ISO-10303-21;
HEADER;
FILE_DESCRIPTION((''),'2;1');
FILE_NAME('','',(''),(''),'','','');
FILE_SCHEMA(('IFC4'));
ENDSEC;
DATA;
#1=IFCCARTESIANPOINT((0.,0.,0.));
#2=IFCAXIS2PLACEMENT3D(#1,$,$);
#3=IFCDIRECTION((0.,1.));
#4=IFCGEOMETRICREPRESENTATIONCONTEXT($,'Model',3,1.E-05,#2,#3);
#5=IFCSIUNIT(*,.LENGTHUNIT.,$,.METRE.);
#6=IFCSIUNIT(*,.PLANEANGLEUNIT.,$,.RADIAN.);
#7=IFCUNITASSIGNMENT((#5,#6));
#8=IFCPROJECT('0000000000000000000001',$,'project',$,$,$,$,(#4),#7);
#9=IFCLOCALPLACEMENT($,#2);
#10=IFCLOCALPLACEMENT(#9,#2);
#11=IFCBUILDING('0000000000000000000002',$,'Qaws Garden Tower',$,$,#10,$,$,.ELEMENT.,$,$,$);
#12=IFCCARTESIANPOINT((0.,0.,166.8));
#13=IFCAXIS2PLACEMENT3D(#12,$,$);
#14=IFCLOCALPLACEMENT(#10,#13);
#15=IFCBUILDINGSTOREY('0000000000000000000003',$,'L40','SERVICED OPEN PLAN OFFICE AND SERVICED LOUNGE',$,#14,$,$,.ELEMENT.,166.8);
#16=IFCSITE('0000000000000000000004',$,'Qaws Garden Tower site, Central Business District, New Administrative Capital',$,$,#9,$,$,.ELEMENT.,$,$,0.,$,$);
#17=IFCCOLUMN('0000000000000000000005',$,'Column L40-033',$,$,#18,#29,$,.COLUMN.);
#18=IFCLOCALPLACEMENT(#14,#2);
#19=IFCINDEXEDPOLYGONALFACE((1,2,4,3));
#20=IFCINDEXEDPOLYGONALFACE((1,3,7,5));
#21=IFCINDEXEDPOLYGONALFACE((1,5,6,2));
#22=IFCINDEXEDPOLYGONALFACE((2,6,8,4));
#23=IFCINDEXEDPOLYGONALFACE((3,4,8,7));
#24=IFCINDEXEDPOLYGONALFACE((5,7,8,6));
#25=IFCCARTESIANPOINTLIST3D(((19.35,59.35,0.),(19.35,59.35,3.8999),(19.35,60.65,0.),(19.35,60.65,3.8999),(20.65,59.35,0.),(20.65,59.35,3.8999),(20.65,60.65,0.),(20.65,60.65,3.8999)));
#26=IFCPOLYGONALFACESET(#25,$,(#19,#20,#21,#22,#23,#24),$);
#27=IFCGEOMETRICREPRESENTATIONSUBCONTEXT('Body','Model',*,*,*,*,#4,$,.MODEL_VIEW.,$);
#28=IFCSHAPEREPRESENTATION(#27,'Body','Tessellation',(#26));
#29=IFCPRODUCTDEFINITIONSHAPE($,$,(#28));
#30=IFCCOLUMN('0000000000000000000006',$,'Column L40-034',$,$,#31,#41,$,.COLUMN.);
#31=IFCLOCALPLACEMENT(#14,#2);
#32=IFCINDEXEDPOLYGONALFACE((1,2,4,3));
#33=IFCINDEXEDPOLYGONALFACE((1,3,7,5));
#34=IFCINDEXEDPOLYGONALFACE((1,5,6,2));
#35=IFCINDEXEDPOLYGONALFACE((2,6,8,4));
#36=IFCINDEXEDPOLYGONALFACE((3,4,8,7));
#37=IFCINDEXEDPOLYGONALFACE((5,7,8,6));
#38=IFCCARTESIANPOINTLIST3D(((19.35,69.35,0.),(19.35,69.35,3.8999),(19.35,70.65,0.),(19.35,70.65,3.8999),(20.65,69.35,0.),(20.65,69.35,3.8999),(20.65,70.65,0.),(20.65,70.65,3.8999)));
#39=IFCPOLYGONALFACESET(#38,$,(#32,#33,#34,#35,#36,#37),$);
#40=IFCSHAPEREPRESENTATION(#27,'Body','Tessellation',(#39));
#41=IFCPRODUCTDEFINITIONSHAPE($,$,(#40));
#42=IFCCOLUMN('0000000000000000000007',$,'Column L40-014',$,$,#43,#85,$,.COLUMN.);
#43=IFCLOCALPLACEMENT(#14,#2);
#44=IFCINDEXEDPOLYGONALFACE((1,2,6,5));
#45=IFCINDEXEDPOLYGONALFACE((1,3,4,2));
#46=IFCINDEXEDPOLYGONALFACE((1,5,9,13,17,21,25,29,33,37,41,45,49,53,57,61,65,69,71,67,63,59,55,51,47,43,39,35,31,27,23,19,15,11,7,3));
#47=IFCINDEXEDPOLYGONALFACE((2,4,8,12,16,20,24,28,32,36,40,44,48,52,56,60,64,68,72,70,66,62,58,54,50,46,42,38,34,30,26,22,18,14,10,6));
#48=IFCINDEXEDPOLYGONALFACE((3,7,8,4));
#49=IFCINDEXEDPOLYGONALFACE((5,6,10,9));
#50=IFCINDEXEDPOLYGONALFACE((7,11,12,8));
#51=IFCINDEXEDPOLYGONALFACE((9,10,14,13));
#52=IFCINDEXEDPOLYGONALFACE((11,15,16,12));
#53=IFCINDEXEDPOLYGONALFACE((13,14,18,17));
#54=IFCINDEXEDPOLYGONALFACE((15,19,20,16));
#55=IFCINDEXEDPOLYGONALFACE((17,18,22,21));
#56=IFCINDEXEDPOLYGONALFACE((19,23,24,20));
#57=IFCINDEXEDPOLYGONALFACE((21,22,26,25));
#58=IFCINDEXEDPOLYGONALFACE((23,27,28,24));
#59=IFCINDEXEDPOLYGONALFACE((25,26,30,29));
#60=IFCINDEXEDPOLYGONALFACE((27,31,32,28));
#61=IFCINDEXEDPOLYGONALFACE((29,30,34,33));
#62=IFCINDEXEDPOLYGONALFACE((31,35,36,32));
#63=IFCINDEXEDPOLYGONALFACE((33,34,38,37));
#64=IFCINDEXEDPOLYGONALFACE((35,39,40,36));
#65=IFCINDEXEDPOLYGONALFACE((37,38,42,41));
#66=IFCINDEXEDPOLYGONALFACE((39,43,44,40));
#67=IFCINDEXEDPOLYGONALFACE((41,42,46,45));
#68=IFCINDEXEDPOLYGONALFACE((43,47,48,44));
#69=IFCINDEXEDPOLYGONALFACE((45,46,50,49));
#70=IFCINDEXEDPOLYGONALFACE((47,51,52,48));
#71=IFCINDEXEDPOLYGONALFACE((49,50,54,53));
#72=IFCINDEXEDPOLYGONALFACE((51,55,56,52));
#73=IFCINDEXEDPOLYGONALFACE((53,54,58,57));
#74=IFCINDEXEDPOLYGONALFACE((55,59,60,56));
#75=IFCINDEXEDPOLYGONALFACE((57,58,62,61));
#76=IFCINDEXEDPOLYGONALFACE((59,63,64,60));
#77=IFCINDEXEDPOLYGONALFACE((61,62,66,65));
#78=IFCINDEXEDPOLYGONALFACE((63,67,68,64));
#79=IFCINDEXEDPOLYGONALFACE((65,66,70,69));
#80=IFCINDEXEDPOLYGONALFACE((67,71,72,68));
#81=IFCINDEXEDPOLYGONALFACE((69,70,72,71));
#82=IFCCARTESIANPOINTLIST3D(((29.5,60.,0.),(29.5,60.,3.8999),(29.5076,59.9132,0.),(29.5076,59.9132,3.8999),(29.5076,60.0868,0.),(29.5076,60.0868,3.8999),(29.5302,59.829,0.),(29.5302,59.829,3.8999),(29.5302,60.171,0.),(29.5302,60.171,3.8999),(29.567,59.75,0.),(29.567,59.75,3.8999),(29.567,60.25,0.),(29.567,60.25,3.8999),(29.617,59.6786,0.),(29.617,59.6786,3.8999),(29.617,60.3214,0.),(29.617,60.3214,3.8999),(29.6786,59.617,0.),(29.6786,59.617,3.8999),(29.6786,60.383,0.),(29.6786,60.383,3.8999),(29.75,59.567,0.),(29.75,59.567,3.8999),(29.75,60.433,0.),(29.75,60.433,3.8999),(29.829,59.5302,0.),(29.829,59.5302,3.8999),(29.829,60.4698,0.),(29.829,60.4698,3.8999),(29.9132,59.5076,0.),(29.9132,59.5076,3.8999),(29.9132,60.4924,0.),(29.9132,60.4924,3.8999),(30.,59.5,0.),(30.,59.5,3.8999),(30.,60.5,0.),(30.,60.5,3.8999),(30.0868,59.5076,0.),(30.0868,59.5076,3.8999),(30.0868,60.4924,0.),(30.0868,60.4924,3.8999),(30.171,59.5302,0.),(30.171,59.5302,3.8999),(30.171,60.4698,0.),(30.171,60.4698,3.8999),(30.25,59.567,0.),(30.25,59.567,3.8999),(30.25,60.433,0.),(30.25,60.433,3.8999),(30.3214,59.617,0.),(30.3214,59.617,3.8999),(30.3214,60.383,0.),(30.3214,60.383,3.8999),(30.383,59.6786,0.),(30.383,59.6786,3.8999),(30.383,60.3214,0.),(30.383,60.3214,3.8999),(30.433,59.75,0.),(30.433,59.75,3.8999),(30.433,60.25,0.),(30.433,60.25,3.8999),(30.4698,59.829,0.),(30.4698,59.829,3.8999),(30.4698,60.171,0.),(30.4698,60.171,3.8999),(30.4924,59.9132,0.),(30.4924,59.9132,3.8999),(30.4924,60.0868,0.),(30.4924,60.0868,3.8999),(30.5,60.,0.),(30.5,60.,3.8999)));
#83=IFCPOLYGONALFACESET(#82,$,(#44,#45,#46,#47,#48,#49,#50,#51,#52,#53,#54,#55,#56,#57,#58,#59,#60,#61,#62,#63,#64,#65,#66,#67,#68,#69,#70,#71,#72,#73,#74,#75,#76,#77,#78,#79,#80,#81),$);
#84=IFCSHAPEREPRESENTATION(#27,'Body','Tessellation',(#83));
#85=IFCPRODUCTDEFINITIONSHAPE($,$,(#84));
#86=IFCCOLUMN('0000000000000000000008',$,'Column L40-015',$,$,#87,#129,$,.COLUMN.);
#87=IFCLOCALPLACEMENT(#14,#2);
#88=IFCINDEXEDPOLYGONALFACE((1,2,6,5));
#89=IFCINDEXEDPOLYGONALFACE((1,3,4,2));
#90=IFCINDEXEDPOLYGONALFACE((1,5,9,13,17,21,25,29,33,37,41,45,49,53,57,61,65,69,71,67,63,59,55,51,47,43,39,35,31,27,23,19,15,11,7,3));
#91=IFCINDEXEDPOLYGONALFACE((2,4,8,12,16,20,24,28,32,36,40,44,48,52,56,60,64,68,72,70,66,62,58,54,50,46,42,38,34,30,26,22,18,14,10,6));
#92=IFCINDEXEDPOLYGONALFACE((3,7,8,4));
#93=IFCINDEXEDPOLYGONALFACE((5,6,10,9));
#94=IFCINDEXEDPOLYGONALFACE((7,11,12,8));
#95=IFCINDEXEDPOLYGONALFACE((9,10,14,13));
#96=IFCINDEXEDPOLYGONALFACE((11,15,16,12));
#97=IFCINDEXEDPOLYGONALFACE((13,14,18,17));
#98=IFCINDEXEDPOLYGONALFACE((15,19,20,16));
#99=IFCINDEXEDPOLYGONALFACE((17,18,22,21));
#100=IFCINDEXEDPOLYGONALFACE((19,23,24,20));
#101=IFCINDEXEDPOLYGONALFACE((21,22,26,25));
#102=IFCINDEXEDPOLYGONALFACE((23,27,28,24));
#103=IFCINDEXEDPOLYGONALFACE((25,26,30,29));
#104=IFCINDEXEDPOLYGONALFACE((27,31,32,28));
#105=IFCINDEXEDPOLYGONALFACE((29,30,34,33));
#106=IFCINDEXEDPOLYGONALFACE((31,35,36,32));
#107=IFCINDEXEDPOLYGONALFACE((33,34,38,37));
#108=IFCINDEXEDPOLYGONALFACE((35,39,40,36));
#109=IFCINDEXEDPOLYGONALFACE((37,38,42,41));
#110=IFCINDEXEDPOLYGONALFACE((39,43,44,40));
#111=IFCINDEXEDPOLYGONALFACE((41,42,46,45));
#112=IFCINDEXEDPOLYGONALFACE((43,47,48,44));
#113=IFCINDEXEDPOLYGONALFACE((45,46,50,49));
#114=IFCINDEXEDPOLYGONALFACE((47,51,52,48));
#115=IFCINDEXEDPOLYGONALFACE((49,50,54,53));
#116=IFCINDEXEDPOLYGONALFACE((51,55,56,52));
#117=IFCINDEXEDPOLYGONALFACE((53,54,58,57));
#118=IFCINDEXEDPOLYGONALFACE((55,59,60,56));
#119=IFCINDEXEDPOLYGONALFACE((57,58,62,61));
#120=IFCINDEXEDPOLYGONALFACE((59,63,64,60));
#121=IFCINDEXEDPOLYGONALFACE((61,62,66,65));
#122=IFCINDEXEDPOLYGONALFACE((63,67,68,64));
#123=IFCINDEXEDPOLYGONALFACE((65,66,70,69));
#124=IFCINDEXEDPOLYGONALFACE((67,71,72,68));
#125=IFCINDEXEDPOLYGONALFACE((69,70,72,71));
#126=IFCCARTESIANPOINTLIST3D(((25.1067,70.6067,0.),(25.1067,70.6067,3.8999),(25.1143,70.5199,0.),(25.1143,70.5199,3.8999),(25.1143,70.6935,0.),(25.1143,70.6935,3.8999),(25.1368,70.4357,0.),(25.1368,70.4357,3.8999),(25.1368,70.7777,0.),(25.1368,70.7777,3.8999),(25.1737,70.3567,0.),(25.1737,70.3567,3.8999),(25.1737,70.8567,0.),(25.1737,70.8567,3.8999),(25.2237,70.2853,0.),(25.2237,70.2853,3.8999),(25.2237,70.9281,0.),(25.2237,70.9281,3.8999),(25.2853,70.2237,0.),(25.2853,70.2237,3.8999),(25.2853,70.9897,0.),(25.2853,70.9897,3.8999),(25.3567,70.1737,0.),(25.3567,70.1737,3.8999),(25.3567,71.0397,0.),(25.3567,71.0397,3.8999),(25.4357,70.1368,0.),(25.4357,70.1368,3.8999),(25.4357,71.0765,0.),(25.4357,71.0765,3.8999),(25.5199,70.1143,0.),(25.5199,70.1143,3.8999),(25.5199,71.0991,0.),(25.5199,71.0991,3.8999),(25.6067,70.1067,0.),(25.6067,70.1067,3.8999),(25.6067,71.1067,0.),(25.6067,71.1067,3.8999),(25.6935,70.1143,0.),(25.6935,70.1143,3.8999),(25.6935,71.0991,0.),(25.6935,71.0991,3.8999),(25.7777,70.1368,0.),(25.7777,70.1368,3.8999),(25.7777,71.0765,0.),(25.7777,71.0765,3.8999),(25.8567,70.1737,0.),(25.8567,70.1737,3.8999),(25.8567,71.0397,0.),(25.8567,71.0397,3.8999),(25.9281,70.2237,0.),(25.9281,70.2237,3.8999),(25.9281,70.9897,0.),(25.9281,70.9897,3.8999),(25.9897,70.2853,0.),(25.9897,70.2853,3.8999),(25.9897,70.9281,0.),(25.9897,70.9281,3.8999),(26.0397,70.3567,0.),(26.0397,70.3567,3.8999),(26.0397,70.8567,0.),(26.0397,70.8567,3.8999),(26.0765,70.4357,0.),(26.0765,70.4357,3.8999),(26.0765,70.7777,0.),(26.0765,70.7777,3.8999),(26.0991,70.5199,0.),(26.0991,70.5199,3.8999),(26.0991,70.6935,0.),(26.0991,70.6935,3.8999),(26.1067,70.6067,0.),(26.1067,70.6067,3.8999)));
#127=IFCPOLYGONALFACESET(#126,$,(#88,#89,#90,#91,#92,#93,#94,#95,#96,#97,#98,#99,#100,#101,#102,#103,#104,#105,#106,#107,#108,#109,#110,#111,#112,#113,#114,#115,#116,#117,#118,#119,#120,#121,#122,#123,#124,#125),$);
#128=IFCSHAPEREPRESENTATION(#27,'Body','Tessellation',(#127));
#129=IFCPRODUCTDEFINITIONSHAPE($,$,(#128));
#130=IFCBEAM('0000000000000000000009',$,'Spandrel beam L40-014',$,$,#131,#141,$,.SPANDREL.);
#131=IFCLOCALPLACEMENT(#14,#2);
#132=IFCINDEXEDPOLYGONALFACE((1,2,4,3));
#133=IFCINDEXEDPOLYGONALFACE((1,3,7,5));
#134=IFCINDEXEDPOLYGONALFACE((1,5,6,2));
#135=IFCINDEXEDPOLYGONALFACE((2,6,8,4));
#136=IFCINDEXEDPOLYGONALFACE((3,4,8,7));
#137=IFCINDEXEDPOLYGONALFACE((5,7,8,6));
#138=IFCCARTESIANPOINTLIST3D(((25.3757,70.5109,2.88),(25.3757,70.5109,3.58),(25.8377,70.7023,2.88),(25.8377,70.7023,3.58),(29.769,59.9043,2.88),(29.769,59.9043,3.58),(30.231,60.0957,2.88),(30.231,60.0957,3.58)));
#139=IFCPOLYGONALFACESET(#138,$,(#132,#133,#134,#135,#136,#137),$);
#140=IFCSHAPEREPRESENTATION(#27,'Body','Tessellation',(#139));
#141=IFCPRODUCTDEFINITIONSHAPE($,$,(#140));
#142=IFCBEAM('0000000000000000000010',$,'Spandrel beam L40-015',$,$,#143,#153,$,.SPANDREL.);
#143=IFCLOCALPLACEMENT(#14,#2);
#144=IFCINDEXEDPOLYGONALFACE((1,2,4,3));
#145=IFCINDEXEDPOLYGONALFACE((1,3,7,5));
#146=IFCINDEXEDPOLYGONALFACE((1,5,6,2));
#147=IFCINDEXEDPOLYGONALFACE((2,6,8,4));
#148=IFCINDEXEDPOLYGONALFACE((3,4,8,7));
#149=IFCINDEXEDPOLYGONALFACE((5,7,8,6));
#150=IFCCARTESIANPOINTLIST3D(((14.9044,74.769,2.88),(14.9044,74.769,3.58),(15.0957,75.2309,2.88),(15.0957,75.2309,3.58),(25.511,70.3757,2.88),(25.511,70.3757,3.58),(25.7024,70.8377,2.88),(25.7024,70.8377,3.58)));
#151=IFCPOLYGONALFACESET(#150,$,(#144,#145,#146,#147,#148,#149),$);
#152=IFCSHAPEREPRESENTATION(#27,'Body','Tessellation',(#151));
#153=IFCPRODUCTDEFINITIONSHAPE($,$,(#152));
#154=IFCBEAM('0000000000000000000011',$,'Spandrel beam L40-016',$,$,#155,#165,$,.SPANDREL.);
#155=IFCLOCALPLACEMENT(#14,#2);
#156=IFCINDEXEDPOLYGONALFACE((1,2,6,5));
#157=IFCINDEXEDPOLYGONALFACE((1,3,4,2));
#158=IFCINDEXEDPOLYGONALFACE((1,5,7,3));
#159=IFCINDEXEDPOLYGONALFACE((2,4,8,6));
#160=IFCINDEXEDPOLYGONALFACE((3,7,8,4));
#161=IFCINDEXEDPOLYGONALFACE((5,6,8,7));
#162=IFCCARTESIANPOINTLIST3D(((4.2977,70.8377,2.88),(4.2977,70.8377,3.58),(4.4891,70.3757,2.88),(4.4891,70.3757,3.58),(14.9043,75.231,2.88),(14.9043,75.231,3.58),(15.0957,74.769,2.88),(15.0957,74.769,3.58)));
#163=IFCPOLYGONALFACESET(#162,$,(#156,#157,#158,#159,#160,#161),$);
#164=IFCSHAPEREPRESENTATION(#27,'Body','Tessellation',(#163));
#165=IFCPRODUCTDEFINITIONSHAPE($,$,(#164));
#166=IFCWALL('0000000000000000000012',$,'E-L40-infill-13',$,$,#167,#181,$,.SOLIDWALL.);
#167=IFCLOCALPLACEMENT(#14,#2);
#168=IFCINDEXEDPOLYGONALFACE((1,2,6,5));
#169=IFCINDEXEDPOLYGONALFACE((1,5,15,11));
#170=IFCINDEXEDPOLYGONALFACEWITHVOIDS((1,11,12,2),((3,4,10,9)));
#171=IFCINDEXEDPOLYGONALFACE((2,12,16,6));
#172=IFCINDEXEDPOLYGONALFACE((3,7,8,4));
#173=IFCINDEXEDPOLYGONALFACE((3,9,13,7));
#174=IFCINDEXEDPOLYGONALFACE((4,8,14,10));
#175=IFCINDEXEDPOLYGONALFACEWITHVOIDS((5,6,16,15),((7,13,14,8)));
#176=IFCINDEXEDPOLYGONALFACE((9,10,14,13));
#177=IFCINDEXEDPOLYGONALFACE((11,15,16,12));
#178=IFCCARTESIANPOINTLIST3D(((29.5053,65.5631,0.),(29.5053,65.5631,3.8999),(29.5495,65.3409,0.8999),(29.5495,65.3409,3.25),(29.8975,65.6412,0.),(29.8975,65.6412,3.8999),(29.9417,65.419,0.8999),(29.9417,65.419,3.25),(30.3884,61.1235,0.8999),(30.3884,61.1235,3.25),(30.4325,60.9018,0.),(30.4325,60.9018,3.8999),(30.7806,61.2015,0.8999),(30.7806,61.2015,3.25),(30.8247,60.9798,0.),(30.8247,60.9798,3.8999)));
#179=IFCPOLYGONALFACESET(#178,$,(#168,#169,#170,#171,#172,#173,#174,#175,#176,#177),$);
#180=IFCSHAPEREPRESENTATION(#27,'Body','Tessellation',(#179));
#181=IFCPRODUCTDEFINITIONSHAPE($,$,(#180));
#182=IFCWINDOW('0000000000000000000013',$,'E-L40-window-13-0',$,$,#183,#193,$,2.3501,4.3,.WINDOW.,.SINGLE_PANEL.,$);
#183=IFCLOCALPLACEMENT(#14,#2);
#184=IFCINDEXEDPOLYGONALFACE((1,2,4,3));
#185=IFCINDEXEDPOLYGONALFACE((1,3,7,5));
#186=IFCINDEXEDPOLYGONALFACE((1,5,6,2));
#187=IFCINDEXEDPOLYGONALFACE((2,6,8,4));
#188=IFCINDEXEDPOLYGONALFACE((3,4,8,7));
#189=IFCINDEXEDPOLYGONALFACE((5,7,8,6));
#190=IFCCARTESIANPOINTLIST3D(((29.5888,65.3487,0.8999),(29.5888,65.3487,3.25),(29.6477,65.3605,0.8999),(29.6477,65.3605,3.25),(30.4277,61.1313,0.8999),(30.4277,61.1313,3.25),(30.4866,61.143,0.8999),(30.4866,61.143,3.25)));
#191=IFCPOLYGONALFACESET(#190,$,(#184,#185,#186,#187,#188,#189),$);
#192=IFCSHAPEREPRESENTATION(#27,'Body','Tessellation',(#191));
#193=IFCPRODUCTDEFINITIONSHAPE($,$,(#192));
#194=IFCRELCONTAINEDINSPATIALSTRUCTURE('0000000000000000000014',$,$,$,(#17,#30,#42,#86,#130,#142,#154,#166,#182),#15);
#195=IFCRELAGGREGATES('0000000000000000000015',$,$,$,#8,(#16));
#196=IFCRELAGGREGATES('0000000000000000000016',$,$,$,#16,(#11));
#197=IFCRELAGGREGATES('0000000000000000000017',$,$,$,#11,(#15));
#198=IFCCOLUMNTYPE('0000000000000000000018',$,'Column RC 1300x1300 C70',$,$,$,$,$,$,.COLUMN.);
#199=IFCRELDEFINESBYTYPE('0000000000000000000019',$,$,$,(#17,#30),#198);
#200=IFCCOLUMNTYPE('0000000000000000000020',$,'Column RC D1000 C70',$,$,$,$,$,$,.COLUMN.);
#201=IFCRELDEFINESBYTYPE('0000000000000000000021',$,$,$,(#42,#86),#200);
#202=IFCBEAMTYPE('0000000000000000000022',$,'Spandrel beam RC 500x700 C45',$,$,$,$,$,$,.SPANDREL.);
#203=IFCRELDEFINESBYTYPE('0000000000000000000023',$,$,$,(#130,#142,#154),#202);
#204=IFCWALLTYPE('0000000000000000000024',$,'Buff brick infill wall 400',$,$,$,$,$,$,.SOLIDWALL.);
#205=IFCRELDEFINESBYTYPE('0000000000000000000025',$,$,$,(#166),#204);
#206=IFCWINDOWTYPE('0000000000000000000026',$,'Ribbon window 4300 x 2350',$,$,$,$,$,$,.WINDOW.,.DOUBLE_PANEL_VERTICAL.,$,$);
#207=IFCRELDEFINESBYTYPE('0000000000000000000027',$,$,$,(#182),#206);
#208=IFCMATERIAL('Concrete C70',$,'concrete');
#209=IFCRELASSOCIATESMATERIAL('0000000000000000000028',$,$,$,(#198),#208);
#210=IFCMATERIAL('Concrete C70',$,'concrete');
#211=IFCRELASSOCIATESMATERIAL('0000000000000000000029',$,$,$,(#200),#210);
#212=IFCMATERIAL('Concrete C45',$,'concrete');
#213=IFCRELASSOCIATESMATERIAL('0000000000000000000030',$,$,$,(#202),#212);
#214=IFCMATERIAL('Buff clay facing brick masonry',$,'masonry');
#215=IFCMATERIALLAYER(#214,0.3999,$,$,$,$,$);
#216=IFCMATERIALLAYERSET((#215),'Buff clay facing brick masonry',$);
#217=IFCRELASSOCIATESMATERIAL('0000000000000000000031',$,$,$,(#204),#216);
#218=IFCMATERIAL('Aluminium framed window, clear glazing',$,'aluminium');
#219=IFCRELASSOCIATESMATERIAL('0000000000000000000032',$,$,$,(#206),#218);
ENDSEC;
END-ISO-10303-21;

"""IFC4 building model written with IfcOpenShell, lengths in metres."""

from ifc_helpers import new_model, si_unit, direction, frame, frame_2d, origin, origin_2d, place, context, subcontext, project, spatial, rectangle, circle, extrude, material, layer, layer_set, material_profile, profile_set, type_object, element, fill, save


model = new_model("IFC4")

# Units and contexts
model_context = context("Model", 3, precision=1e-05, world=origin(), true_north=direction((0.0, 1.0)))
body_context = subcontext(model_context, "Body", "Model", "MODEL_VIEW")
ifc_project = project(units=[si_unit("LENGTHUNIT", "METRE"), si_unit("PLANEANGLEUNIT", "RADIAN")], contexts=[model_context])

# Site, building, storey
site_placement = place(None, origin())
site = spatial("IfcSite", under=ifc_project, at=site_placement, Name="Qaws Garden Tower site, Central Business District, New Administrative Capital", CompositionType="ELEMENT", RefElevation=0.0)
building_placement = place(site_placement, origin())
building = spatial("IfcBuilding", under=site, at=building_placement, Name="Qaws Garden Tower", CompositionType="ELEMENT")
storey_placement = place(building_placement, frame((0.0, 0.0, 166.8)))
storey = spatial("IfcBuildingStorey", under=building, at=storey_placement, Name="L40", Description="SERVICED OPEN PLAN OFFICE AND SERVICED LOUNGE", CompositionType="ELEMENT", Elevation=166.8)

# Columns
ifc_material_1 = material(Name="Concrete C70", Category="concrete")
ifc_material_profile_1 = material_profile(ifc_material_1, rectangle(XDim=1.3, YDim=1.3, at=origin_2d()), Name="RC 1300x1300")
ifc_profile_set_1 = profile_set([ifc_material_profile_1], Name="Concrete C70")
column_type_1 = type_object("IfcColumnType", Name="Column RC 1300x1300 C70", PredefinedType="COLUMN", material=ifc_profile_set_1)
for number, where, z_axis, x_axis, name in (
    (1, (20.0, 60.0, 0.0), (0.0, 0.0, 1.0), (1.0, 0.0, 0.0), "Column L40-033"),
    (2, (20.0, 70.0, 0.0), (0.0, 0.0, 1.0), (1.0, 0.0, 0.0), "Column L40-034"),
):
    element("IfcColumn", number, at=place(storey_placement, frame(where, z_axis=z_axis, x_axis=x_axis)), inside=storey, type_object=column_type_1, Name=name, PredefinedType="COLUMN", context=body_context, shape_type="SweptSolid", body=[
        extrude(rectangle(XDim=1.3, YDim=1.3, at=origin_2d()), origin(), (0.0, 0.0, 1.0), 3.8999),
    ])
ifc_material_2 = material(Name="Concrete C70", Category="concrete")
ifc_material_profile_2 = material_profile(ifc_material_2, circle(Radius=0.5, at=origin_2d()), Name="RC D1000")
ifc_profile_set_2 = profile_set([ifc_material_profile_2], Name="Concrete C70")
column_type_2 = type_object("IfcColumnType", Name="Column RC D1000 C70", PredefinedType="COLUMN", material=ifc_profile_set_2)
for number, where, z_axis, x_axis, name in (
    (3, (30.0, 60.0, 0.0), (0.0, 0.0, 1.0), (1.0, 0.0, 0.0), "Column L40-014"),
    (4, (25.6067, 70.6067, 0.0), (0.0, 0.0, 1.0), (1.0, 0.0, 0.0), "Column L40-015"),
):
    element("IfcColumn", number, at=place(storey_placement, frame(where, z_axis=z_axis, x_axis=x_axis)), inside=storey, type_object=column_type_2, Name=name, PredefinedType="COLUMN", context=body_context, shape_type="SweptSolid", body=[
        extrude(circle(Radius=0.5, at=origin_2d()), origin(), (0.0, 0.0, 1.0), 3.8999),
    ])

# Beams
ifc_material_3 = material(Name="Concrete C45", Category="concrete")
ifc_material_profile_3 = material_profile(ifc_material_3, rectangle(XDim=0.5, YDim=0.7, at=origin_2d()), Name="RC 500x700")
ifc_profile_set_3 = profile_set([ifc_material_profile_3], Name="Concrete C45")
beam_type = type_object("IfcBeamType", Name="Spandrel beam RC 500x700 C45", PredefinedType="SPANDREL", material=ifc_profile_set_3)
for number, where, z_axis, x_axis, name in (
    (5, (30.0, 60.0, 3.23), (-0.382674, 0.923883, 0.0), (-0.923883, -0.382674, 0.0), "Spandrel beam L40-014"),
    (6, (25.6067, 70.6067, 3.23), (-0.923883, 0.382674, 0.0), (-0.382674, -0.923883, 0.0), "Spandrel beam L40-015"),
    (7, (15.0, 75.0, 3.23), (-0.923883, -0.382674, 0.0), (0.382674, -0.923883, 0.0), "Spandrel beam L40-016"),
):
    element("IfcBeam", number, at=place(storey_placement, frame(where, z_axis=z_axis, x_axis=x_axis)), inside=storey, type_object=beam_type, Name=name, PredefinedType="SPANDREL", context=body_context, shape_type="SweptSolid", body=[
        extrude(rectangle(XDim=0.5, YDim=0.7, at=origin_2d()), origin(), (0.0, 0.0, 1.0), 11.4805),
    ])

# Wall, opening, window
ifc_material_4 = material(Name="Buff clay facing brick masonry", Category="masonry")
ifc_layer_1 = layer(ifc_material_4, 0.3999)
ifc_layer_set_1 = layer_set([ifc_layer_1], Name="Buff clay facing brick masonry")
wall_type_1 = type_object("IfcWallType", Name="Buff brick infill wall 400", PredefinedType="SOLIDWALL", material=ifc_layer_set_1)
wall_1_placement = place(storey_placement, frame((30.6287, 60.9407, 0.0), z_axis=(0.0, 0.0, 1.0), x_axis=(-0.195099, 0.980784, 0.0)))
wall_1 = element("IfcWall", 8, at=wall_1_placement, inside=storey, type_object=wall_type_1, Name="E-L40-infill-13", PredefinedType="SOLIDWALL", context=body_context, shape_type="SweptSolid", body=[
    extrude(rectangle(XDim=4.7527, YDim=0.3999, at=frame_2d((2.3765, 0.0))), origin(), (0.0, 0.0, 1.0), 3.8999),
])
opening_1_placement = place(wall_1_placement, frame((0.2263, 0.0, 0.8999)))
opening_1 = element("IfcOpeningElement", 9, at=opening_1_placement, cuts=wall_1, PredefinedType="OPENING", context=body_context, shape_type="SweptSolid", body=[
    extrude(rectangle(XDim=4.3, YDim=2.3501, at=frame_2d((2.1499, 1.175))), frame((0.0, 0.21, 0.0), z_axis=(0.0, -1.0, 0.0), x_axis=(1.0, 0.0, 0.0)), (0.0, 0.0, 1.0), 0.4199),
])
ifc_material_5 = material(Name="Aluminium framed window, clear glazing", Category="aluminium")
window_type = type_object("IfcWindowType", Name="Ribbon window 4300 x 2350", PartitioningType="DOUBLE_PANEL_VERTICAL", PredefinedType="WINDOW", material=ifc_material_5)
window_1_placement = place(opening_1_placement, origin())
window_1 = element("IfcWindow", 10, at=window_1_placement, inside=storey, type_object=window_type, Name="E-L40-window-13-0", OverallHeight=2.3501, OverallWidth=4.3, PartitioningType="SINGLE_PANEL", PredefinedType="WINDOW", context=body_context, shape_type="SweptSolid", body=[
    extrude(rectangle(XDim=4.3, YDim=2.3501, at=frame_2d((2.1499, 1.175))), frame((0.0, 0.1599, 0.0), z_axis=(0.0, -1.0, 0.0), x_axis=(1.0, 0.0, 0.0)), (0.0, 0.0, 1.0), 0.0601),
])
fill(opening_1, window_1)

save(model, "model.ifc")
